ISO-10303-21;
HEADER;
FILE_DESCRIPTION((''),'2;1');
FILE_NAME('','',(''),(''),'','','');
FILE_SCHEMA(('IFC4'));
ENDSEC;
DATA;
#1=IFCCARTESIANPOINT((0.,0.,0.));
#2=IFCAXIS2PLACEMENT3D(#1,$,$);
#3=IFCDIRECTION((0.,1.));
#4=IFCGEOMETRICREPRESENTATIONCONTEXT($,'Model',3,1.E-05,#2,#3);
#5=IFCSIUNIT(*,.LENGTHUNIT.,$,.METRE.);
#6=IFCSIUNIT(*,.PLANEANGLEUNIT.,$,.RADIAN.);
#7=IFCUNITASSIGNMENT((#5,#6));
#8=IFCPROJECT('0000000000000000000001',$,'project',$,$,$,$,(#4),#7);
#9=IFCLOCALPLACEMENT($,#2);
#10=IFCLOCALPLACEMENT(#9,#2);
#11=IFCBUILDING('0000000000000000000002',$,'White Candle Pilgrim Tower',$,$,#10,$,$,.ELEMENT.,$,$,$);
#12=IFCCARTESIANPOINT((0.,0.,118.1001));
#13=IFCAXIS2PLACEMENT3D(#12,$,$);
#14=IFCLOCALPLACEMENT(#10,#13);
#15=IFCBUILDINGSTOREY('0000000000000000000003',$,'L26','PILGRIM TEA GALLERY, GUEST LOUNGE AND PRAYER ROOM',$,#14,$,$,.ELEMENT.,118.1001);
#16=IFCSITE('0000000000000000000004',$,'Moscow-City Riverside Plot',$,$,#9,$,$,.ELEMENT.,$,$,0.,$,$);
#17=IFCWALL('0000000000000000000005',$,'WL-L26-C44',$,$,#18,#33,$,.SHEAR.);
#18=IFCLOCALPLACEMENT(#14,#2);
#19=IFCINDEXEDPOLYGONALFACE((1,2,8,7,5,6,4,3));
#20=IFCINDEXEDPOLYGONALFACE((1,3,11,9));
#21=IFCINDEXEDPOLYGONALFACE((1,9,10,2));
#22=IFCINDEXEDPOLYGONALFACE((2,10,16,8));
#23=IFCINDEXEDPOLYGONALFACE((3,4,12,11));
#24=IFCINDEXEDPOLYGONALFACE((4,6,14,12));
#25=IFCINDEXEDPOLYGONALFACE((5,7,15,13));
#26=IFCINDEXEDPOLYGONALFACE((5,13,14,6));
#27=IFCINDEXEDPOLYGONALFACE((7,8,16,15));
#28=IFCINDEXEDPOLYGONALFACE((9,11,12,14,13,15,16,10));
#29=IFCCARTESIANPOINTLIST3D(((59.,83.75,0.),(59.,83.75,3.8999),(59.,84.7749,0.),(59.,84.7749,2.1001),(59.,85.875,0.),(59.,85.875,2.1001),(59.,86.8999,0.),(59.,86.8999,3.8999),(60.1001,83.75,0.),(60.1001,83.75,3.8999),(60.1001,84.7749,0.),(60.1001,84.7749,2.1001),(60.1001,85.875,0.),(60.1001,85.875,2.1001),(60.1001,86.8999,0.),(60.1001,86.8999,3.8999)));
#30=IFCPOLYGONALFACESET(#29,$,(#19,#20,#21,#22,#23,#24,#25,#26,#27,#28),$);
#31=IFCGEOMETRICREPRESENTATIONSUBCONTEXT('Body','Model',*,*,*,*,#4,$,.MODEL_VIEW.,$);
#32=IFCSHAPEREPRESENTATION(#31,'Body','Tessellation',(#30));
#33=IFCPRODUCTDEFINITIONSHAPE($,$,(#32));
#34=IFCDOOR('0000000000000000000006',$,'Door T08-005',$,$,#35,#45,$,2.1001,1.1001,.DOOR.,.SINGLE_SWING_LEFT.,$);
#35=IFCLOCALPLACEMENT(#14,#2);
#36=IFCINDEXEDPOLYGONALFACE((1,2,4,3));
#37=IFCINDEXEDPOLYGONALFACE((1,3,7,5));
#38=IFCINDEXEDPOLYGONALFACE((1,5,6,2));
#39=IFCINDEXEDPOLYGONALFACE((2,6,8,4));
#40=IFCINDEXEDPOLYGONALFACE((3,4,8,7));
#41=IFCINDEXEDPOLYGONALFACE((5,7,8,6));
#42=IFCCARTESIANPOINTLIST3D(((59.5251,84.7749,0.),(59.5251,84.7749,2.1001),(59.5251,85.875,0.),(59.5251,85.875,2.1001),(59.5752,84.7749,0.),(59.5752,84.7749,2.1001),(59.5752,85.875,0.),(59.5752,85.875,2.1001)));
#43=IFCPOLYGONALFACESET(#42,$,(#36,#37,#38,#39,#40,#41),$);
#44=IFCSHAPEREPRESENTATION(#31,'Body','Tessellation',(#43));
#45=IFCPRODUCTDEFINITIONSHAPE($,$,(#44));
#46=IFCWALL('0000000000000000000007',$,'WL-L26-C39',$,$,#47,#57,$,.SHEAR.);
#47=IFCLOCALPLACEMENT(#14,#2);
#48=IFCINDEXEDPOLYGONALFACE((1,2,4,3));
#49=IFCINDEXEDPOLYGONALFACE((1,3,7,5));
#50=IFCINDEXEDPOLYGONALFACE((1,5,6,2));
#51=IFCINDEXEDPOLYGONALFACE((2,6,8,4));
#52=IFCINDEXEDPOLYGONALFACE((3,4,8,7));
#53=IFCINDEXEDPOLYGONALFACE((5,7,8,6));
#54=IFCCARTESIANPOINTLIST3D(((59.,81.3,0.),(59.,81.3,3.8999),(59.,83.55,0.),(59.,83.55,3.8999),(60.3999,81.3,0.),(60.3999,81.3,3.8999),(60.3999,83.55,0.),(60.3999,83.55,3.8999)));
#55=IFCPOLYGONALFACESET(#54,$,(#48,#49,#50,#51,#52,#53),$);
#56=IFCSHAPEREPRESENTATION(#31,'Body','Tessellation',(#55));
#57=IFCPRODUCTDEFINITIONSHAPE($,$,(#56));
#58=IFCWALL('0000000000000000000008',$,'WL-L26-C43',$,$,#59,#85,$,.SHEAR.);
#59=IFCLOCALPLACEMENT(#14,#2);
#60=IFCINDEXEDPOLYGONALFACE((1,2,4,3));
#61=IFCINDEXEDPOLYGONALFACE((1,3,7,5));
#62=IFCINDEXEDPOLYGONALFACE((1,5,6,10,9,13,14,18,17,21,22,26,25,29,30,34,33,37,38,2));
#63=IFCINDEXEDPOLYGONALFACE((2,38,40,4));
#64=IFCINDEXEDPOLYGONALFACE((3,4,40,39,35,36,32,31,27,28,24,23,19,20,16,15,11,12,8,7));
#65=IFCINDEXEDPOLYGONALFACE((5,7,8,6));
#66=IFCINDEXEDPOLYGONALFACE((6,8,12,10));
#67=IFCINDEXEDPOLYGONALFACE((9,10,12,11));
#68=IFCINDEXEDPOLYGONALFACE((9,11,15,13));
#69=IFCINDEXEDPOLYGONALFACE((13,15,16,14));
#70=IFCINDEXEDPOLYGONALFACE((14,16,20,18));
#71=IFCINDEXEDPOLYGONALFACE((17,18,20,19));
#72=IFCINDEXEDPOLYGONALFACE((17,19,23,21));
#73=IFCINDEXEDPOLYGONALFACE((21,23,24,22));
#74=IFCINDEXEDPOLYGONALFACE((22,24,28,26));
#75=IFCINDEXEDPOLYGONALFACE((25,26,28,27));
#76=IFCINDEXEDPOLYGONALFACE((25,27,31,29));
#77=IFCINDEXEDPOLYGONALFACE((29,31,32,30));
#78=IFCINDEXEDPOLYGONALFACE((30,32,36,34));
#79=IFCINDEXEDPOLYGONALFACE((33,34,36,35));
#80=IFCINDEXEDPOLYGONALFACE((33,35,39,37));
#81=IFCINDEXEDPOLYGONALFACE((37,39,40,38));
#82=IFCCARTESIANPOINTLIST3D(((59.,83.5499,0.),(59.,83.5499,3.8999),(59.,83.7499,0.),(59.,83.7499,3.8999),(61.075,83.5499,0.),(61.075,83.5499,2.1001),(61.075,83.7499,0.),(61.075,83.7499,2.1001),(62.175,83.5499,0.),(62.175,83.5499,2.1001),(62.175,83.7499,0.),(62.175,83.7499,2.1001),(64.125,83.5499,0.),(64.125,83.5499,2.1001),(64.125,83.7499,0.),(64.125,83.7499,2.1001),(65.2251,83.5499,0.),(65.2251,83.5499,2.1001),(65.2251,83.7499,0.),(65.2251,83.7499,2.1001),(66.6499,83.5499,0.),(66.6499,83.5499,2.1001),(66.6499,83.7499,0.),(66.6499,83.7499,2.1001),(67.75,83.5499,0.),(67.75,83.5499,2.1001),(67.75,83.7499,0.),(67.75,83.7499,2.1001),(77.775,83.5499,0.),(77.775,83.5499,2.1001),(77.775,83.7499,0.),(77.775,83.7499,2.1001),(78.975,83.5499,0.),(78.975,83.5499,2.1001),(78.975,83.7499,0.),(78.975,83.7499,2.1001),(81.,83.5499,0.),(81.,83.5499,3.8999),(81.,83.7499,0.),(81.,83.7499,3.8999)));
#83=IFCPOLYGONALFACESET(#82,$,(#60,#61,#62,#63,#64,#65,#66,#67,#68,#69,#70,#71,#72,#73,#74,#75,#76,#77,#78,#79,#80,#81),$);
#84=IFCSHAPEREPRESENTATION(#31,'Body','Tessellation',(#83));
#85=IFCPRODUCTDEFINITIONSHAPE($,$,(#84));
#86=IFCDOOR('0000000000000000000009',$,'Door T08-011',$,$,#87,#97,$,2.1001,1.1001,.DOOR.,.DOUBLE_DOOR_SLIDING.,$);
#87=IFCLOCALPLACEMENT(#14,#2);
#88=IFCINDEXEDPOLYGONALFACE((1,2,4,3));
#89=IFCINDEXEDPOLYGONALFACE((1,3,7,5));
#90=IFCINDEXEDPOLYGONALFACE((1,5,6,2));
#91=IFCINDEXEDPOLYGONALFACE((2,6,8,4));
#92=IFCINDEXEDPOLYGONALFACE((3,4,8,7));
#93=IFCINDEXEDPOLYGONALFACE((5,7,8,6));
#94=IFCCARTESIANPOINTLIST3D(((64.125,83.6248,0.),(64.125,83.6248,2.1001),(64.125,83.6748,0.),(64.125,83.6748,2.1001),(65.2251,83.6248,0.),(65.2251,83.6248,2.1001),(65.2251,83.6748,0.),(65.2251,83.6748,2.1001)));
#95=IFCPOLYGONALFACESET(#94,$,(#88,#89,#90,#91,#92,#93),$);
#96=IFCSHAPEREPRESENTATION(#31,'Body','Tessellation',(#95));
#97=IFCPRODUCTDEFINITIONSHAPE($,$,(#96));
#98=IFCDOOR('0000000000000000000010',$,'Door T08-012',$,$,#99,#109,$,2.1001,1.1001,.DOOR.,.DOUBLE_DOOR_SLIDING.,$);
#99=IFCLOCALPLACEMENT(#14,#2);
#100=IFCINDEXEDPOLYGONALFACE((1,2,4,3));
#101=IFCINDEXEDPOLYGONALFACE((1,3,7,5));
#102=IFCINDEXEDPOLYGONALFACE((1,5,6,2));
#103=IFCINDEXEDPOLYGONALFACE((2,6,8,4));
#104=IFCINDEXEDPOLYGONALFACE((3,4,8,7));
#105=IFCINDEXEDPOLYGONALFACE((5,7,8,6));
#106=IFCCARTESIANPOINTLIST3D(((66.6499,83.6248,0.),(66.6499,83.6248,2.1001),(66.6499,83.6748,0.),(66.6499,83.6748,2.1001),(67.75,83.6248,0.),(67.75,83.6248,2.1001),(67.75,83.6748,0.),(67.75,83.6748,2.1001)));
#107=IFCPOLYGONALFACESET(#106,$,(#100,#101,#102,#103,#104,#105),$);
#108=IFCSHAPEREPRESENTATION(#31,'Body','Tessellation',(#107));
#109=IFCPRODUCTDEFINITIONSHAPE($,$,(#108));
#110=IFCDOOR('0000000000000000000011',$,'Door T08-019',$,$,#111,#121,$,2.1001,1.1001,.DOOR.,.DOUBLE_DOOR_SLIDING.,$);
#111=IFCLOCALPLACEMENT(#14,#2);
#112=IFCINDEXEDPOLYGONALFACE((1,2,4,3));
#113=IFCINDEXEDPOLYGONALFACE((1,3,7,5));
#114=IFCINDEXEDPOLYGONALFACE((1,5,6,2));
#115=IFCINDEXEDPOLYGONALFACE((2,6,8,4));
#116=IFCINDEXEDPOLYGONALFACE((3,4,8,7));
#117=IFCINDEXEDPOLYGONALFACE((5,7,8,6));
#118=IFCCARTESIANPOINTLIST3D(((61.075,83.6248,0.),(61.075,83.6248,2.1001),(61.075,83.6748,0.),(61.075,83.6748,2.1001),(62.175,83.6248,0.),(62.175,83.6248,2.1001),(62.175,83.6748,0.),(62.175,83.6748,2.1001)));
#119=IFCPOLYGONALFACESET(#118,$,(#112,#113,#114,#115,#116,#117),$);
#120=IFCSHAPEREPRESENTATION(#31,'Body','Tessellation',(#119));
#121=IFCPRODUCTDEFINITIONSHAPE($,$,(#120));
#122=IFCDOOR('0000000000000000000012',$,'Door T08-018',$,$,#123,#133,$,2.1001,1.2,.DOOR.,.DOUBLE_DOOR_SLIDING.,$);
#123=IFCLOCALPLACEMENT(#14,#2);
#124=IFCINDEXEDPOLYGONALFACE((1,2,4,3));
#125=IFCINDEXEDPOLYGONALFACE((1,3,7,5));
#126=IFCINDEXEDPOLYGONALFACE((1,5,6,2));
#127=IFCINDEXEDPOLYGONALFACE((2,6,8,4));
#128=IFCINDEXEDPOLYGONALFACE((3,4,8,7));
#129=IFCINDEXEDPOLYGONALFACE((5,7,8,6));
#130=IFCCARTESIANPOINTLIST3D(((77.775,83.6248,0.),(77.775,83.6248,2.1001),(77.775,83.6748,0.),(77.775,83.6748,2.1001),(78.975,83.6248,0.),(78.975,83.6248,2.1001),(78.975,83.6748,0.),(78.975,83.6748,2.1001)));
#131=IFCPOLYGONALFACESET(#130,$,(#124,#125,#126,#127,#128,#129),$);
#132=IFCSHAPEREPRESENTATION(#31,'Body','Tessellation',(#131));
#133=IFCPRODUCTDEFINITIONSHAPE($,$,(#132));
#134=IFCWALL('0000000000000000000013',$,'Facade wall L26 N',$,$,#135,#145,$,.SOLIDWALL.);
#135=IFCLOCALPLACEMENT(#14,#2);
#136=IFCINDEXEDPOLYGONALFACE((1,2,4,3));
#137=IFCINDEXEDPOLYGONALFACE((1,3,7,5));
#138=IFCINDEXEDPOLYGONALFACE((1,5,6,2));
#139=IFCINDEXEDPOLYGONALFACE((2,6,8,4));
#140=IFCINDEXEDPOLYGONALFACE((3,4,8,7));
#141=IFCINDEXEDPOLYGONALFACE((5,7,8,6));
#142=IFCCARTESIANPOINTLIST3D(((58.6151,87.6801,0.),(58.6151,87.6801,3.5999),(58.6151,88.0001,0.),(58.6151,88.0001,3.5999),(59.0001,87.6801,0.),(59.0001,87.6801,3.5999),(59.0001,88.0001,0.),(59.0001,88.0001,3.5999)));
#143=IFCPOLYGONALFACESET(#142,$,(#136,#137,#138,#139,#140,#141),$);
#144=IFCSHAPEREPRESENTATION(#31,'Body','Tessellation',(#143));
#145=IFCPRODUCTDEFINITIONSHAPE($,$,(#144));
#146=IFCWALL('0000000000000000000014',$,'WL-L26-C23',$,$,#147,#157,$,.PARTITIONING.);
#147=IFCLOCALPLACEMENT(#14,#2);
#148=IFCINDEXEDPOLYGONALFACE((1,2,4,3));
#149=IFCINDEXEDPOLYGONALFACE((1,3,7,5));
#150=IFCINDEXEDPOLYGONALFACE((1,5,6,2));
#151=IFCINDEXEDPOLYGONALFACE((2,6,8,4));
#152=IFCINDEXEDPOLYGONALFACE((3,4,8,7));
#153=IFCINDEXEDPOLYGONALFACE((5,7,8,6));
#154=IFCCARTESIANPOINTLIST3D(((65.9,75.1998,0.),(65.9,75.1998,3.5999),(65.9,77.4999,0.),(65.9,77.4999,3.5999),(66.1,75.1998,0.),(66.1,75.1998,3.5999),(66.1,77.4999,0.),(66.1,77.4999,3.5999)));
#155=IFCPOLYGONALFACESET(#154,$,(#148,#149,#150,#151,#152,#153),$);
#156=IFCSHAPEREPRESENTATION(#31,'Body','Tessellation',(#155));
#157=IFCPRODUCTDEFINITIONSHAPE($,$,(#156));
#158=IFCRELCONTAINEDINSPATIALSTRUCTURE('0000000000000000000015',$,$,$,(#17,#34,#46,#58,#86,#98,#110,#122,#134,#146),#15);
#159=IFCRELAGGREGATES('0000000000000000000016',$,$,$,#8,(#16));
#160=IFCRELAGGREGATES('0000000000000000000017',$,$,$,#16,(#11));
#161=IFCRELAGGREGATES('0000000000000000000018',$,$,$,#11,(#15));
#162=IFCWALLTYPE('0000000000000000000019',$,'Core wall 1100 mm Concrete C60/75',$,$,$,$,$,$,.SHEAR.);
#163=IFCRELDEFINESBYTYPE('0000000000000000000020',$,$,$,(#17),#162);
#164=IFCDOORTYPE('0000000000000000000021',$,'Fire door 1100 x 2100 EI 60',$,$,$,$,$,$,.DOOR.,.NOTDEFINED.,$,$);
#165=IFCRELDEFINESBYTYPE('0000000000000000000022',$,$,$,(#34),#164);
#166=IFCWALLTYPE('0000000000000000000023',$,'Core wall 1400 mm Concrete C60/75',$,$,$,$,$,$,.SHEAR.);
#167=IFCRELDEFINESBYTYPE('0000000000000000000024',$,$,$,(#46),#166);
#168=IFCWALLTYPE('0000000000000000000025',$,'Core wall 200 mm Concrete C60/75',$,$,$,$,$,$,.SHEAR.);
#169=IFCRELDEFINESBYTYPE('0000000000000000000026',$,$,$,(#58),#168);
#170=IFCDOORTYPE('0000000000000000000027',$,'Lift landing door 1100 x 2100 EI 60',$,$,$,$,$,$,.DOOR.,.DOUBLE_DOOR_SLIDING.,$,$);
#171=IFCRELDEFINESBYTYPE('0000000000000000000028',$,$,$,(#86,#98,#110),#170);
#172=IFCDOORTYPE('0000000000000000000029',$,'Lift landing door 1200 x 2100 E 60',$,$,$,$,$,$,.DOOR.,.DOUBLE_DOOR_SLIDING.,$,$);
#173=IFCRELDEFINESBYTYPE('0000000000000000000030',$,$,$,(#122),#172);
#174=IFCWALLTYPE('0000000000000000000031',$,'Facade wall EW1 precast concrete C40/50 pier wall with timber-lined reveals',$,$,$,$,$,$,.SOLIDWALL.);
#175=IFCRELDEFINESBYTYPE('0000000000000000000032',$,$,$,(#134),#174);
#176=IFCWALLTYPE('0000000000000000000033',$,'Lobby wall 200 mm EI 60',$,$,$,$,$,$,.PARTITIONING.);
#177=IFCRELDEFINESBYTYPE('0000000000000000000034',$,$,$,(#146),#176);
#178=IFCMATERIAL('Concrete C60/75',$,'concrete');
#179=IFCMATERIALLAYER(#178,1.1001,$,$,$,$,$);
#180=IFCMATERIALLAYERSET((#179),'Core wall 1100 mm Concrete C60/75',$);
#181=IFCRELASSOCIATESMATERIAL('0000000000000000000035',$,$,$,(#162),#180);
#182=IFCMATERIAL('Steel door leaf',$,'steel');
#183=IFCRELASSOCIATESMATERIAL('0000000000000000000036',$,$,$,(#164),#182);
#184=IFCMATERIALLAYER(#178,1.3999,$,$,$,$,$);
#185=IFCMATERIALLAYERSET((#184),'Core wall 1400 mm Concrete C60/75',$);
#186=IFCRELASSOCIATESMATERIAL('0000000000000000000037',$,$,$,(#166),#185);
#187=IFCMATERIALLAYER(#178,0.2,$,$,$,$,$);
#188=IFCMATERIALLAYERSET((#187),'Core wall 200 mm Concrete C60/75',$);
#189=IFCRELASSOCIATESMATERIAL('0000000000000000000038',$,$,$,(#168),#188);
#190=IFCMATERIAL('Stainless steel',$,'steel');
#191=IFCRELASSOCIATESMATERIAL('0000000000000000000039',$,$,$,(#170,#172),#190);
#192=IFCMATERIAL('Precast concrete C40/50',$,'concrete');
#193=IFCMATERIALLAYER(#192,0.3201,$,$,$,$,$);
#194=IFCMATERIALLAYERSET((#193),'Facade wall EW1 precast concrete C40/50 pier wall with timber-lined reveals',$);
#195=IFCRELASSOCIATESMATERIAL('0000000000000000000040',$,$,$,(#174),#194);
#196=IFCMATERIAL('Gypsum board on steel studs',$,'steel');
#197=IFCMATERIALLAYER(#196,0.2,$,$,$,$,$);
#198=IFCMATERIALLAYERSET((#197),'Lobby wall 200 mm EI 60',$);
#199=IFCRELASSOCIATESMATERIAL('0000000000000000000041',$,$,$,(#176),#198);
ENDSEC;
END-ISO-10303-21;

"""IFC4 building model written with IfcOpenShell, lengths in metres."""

from ifc_helpers import new_model, si_unit, direction, frame, frame_2d, origin, place, context, subcontext, project, spatial, rectangle, extrude, material, layer, layer_set, type_object, element, fill, save


model = new_model("IFC4")

# Units and contexts
model_context = context("Model", 3, precision=1e-05, world=origin(), true_north=direction((0.0, 1.0)))
body_context = subcontext(model_context, "Body", "Model", "MODEL_VIEW")
ifc_project = project(units=[si_unit("LENGTHUNIT", "METRE"), si_unit("PLANEANGLEUNIT", "RADIAN")], contexts=[model_context])

# Site, building, storey
site_placement = place(None, origin())
site = spatial("IfcSite", under=ifc_project, at=site_placement, Name="Moscow-City Riverside Plot", CompositionType="ELEMENT", RefElevation=0.0)
building_placement = place(site_placement, origin())
building = spatial("IfcBuilding", under=site, at=building_placement, Name="White Candle Pilgrim Tower", CompositionType="ELEMENT")
storey_placement = place(building_placement, frame((0.0, 0.0, 118.1001)))
storey = spatial("IfcBuildingStorey", under=building, at=storey_placement, Name="L26", Description="PILGRIM TEA GALLERY, GUEST LOUNGE AND PRAYER ROOM", CompositionType="ELEMENT", Elevation=118.1001)

# Wall, opening, door
ifc_material_1 = material(Name="Concrete C60/75", Category="concrete")
ifc_layer_1 = layer(ifc_material_1, 1.1001)
ifc_layer_set_1 = layer_set([ifc_layer_1], Name="Core wall 1100 mm Concrete C60/75")
wall_type_1 = type_object("IfcWallType", Name="Core wall 1100 mm Concrete C60/75", PredefinedType="SHEAR", material=ifc_layer_set_1)
wall_1_placement = place(storey_placement, frame((59.55, 83.75, 0.0), z_axis=(0.0, 0.0, 1.0), x_axis=(0.0, 1.0, 0.0)))
wall_1 = element("IfcWall", 1, at=wall_1_placement, inside=storey, type_object=wall_type_1, Name="WL-L26-C44", PredefinedType="SHEAR", context=body_context, shape_type="SweptSolid", body=[
    extrude(rectangle(XDim=3.1499, YDim=1.1001, at=frame_2d((1.575, 0.0))), origin(), (0.0, 0.0, 1.0), 3.8999),
])
opening_1_placement = place(wall_1_placement, frame((1.0249, 0.0, 0.0)))
opening_1 = element("IfcOpeningElement", 2, at=opening_1_placement, cuts=wall_1, PredefinedType="OPENING", context=body_context, shape_type="SweptSolid", body=[
    extrude(rectangle(XDim=1.1001, YDim=2.1001, at=frame_2d((0.55, 1.05))), frame((0.0, 0.5601, 0.0), z_axis=(0.0, -1.0, 0.0), x_axis=(1.0, 0.0, 0.0)), (0.0, 0.0, 1.0), 1.1201),
])
ifc_material_2 = material(Name="Steel door leaf", Category="steel")
door_type_1 = type_object("IfcDoorType", Name="Fire door 1100 x 2100 EI 60", OperationType="NOTDEFINED", PredefinedType="DOOR", material=ifc_material_2)
door_1_placement = place(opening_1_placement, origin())
door_1 = element("IfcDoor", 3, at=door_1_placement, inside=storey, type_object=door_type_1, Name="Door T08-005", OperationType="SINGLE_SWING_LEFT", OverallHeight=2.1001, OverallWidth=1.1001, PredefinedType="DOOR", context=body_context, shape_type="SweptSolid", body=[
    extrude(rectangle(XDim=1.1001, YDim=2.1001, at=frame_2d((0.55, 1.05))), frame((0.0, 0.0249, 0.0), z_axis=(0.0, -1.0, 0.0), x_axis=(1.0, 0.0, 0.0)), (0.0, 0.0, 1.0), 0.05),
])
fill(opening_1, door_1)

# Wall
ifc_layer_2 = layer(ifc_material_1, 1.3999)
ifc_layer_set_2 = layer_set([ifc_layer_2], Name="Core wall 1400 mm Concrete C60/75")
wall_type_2 = type_object("IfcWallType", Name="Core wall 1400 mm Concrete C60/75", PredefinedType="SHEAR", material=ifc_layer_set_2)
wall_2_placement = place(storey_placement, frame((59.7, 81.3, 0.0), z_axis=(0.0, 0.0, 1.0), x_axis=(0.0, 1.0, 0.0)))
element("IfcWall", 4, at=wall_2_placement, inside=storey, type_object=wall_type_2, Name="WL-L26-C39", PredefinedType="SHEAR", context=body_context, shape_type="SweptSolid", body=[
    extrude(rectangle(XDim=2.25, YDim=1.3999, at=frame_2d((1.125, 0.0))), origin(), (0.0, 0.0, 1.0), 3.8999),
])

# Wall, openings, doors
ifc_layer_3 = layer(ifc_material_1, 0.2)
ifc_layer_set_3 = layer_set([ifc_layer_3], Name="Core wall 200 mm Concrete C60/75")
wall_type_3 = type_object("IfcWallType", Name="Core wall 200 mm Concrete C60/75", PredefinedType="SHEAR", material=ifc_layer_set_3)
wall_3_placement = place(storey_placement, frame((59.0, 83.6499, 0.0), z_axis=(0.0, 0.0, 1.0), x_axis=(1.0, 0.0, 0.0)))
wall_3 = element("IfcWall", 5, at=wall_3_placement, inside=storey, type_object=wall_type_3, Name="WL-L26-C43", PredefinedType="SHEAR", context=body_context, shape_type="SweptSolid", body=[
    extrude(rectangle(XDim=22.0, YDim=0.2, at=frame_2d((11.0, 0.0))), origin(), (0.0, 0.0, 1.0), 3.8999),
])
opening_2_placement = place(wall_3_placement, frame((5.125, 0.0, 0.0)))
opening_2 = element("IfcOpeningElement", 6, at=opening_2_placement, cuts=wall_3, PredefinedType="OPENING", context=body_context, shape_type="SweptSolid", body=[
    extrude(rectangle(XDim=1.1001, YDim=2.1001, at=frame_2d((0.55, 1.05))), frame((0.0, 0.1099, 0.0), z_axis=(0.0, -1.0, 0.0), x_axis=(1.0, 0.0, 0.0)), (0.0, 0.0, 1.0), 0.22),
])
opening_3_placement = place(wall_3_placement, frame((7.6499, 0.0, 0.0)))
opening_3 = element("IfcOpeningElement", 7, at=opening_3_placement, cuts=wall_3, PredefinedType="OPENING", context=body_context, shape_type="SweptSolid", body=[
    extrude(rectangle(XDim=1.1001, YDim=2.1001, at=frame_2d((0.55, 1.05))), frame((0.0, 0.1099, 0.0), z_axis=(0.0, -1.0, 0.0), x_axis=(1.0, 0.0, 0.0)), (0.0, 0.0, 1.0), 0.22),
])
opening_4_placement = place(wall_3_placement, frame((18.7749, 0.0, 0.0)))
opening_4 = element("IfcOpeningElement", 8, at=opening_4_placement, cuts=wall_3, PredefinedType="OPENING", context=body_context, shape_type="SweptSolid", body=[
    extrude(rectangle(XDim=1.2, YDim=2.1001, at=frame_2d((0.6001, 1.05))), frame((0.0, 0.1099, 0.0), z_axis=(0.0, -1.0, 0.0), x_axis=(1.0, 0.0, 0.0)), (0.0, 0.0, 1.0), 0.22),
])
opening_5_placement = place(wall_3_placement, frame((2.075, 0.0, 0.0)))
opening_5 = element("IfcOpeningElement", 9, at=opening_5_placement, cuts=wall_3, PredefinedType="OPENING", context=body_context, shape_type="SweptSolid", body=[
    extrude(rectangle(XDim=1.1001, YDim=2.1001, at=frame_2d((0.55, 1.05))), frame((0.0, 0.1099, 0.0), z_axis=(0.0, -1.0, 0.0), x_axis=(1.0, 0.0, 0.0)), (0.0, 0.0, 1.0), 0.22),
])
ifc_material_3 = material(Name="Stainless steel", Category="steel")
door_type_2 = type_object("IfcDoorType", Name="Lift landing door 1100 x 2100 EI 60", OperationType="DOUBLE_DOOR_SLIDING", PredefinedType="DOOR", material=ifc_material_3)
door_2_placement = place(opening_2_placement, origin())
door_2 = element("IfcDoor", 10, at=door_2_placement, inside=storey, type_object=door_type_2, Name="Door T08-011", OperationType="DOUBLE_DOOR_SLIDING", OverallHeight=2.1001, OverallWidth=1.1001, PredefinedType="DOOR", context=body_context, shape_type="SweptSolid", body=[
    extrude(rectangle(XDim=1.1001, YDim=2.1001, at=frame_2d((0.55, 1.05))), frame((0.0, 0.0249, 0.0), z_axis=(0.0, -1.0, 0.0), x_axis=(1.0, 0.0, 0.0)), (0.0, 0.0, 1.0), 0.05),
])
fill(opening_2, door_2)
door_3_placement = place(opening_3_placement, origin())
door_3 = element("IfcDoor", 11, at=door_3_placement, inside=storey, type_object=door_type_2, Name="Door T08-012", OperationType="DOUBLE_DOOR_SLIDING", OverallHeight=2.1001, OverallWidth=1.1001, PredefinedType="DOOR", context=body_context, shape_type="SweptSolid", body=[
    extrude(rectangle(XDim=1.1001, YDim=2.1001, at=frame_2d((0.55, 1.05))), frame((0.0, 0.0249, 0.0), z_axis=(0.0, -1.0, 0.0), x_axis=(1.0, 0.0, 0.0)), (0.0, 0.0, 1.0), 0.05),
])
fill(opening_3, door_3)
door_4_placement = place(opening_5_placement, origin())
door_4 = element("IfcDoor", 12, at=door_4_placement, inside=storey, type_object=door_type_2, Name="Door T08-019", OperationType="DOUBLE_DOOR_SLIDING", OverallHeight=2.1001, OverallWidth=1.1001, PredefinedType="DOOR", context=body_context, shape_type="SweptSolid", body=[
    extrude(rectangle(XDim=1.1001, YDim=2.1001, at=frame_2d((0.55, 1.05))), frame((0.0, 0.0249, 0.0), z_axis=(0.0, -1.0, 0.0), x_axis=(1.0, 0.0, 0.0)), (0.0, 0.0, 1.0), 0.05),
])
fill(opening_5, door_4)
door_type_3 = type_object("IfcDoorType", Name="Lift landing door 1200 x 2100 E 60", OperationType="DOUBLE_DOOR_SLIDING", PredefinedType="DOOR", material=ifc_material_3)
door_5_placement = place(opening_4_placement, origin())
door_5 = element("IfcDoor", 13, at=door_5_placement, inside=storey, type_object=door_type_3, Name="Door T08-018", OperationType="DOUBLE_DOOR_SLIDING", OverallHeight=2.1001, OverallWidth=1.2, PredefinedType="DOOR", context=body_context, shape_type="SweptSolid", body=[
    extrude(rectangle(XDim=1.2, YDim=2.1001, at=frame_2d((0.6001, 1.05))), frame((0.0, 0.0249, 0.0), z_axis=(0.0, -1.0, 0.0), x_axis=(1.0, 0.0, 0.0)), (0.0, 0.0, 1.0), 0.05),
])
fill(opening_4, door_5)

# Walls
ifc_material_4 = material(Name="Precast concrete C40/50", Category="concrete")
ifc_layer_4 = layer(ifc_material_4, 0.3201)
ifc_layer_set_4 = layer_set([ifc_layer_4], Name="Facade wall EW1 precast concrete C40/50 pier wall with timber-lined reveals")
wall_type_4 = type_object("IfcWallType", Name="Facade wall EW1 precast concrete C40/50 pier wall with timber-lined reveals", PredefinedType="SOLIDWALL", material=ifc_layer_set_4)
wall_4_placement = place(storey_placement, frame((59.0, 87.8401, 0.0), z_axis=(0.0, 0.0, 1.0), x_axis=(-1.0, 0.0, 0.0)))
element("IfcWall", 14, at=wall_4_placement, inside=storey, type_object=wall_type_4, Name="Facade wall L26 N", PredefinedType="SOLIDWALL", context=body_context, shape_type="SweptSolid", body=[
    extrude(rectangle(XDim=0.385, YDim=0.3201, at=frame_2d((0.1924, 0.0))), origin(), (0.0, 0.0, 1.0), 3.5999),
])
ifc_material_5 = material(Name="Gypsum board on steel studs", Category="steel")
ifc_layer_5 = layer(ifc_material_5, 0.2)
ifc_layer_set_5 = layer_set([ifc_layer_5], Name="Lobby wall 200 mm EI 60")
wall_type_5 = type_object("IfcWallType", Name="Lobby wall 200 mm EI 60", PredefinedType="PARTITIONING", material=ifc_layer_set_5)
wall_5_placement = place(storey_placement, frame((66.0, 75.2, 0.0), z_axis=(0.0, 0.0, 1.0), x_axis=(0.0, 1.0, 0.0)))
element("IfcWall", 15, at=wall_5_placement, inside=storey, type_object=wall_type_5, Name="WL-L26-C23", PredefinedType="PARTITIONING", context=body_context, shape_type="SweptSolid", body=[
    extrude(rectangle(XDim=2.3, YDim=0.2, at=frame_2d((1.1499, 0.0))), origin(), (0.0, 0.0, 1.0), 3.5999),
])

save(model, "model.ifc")
